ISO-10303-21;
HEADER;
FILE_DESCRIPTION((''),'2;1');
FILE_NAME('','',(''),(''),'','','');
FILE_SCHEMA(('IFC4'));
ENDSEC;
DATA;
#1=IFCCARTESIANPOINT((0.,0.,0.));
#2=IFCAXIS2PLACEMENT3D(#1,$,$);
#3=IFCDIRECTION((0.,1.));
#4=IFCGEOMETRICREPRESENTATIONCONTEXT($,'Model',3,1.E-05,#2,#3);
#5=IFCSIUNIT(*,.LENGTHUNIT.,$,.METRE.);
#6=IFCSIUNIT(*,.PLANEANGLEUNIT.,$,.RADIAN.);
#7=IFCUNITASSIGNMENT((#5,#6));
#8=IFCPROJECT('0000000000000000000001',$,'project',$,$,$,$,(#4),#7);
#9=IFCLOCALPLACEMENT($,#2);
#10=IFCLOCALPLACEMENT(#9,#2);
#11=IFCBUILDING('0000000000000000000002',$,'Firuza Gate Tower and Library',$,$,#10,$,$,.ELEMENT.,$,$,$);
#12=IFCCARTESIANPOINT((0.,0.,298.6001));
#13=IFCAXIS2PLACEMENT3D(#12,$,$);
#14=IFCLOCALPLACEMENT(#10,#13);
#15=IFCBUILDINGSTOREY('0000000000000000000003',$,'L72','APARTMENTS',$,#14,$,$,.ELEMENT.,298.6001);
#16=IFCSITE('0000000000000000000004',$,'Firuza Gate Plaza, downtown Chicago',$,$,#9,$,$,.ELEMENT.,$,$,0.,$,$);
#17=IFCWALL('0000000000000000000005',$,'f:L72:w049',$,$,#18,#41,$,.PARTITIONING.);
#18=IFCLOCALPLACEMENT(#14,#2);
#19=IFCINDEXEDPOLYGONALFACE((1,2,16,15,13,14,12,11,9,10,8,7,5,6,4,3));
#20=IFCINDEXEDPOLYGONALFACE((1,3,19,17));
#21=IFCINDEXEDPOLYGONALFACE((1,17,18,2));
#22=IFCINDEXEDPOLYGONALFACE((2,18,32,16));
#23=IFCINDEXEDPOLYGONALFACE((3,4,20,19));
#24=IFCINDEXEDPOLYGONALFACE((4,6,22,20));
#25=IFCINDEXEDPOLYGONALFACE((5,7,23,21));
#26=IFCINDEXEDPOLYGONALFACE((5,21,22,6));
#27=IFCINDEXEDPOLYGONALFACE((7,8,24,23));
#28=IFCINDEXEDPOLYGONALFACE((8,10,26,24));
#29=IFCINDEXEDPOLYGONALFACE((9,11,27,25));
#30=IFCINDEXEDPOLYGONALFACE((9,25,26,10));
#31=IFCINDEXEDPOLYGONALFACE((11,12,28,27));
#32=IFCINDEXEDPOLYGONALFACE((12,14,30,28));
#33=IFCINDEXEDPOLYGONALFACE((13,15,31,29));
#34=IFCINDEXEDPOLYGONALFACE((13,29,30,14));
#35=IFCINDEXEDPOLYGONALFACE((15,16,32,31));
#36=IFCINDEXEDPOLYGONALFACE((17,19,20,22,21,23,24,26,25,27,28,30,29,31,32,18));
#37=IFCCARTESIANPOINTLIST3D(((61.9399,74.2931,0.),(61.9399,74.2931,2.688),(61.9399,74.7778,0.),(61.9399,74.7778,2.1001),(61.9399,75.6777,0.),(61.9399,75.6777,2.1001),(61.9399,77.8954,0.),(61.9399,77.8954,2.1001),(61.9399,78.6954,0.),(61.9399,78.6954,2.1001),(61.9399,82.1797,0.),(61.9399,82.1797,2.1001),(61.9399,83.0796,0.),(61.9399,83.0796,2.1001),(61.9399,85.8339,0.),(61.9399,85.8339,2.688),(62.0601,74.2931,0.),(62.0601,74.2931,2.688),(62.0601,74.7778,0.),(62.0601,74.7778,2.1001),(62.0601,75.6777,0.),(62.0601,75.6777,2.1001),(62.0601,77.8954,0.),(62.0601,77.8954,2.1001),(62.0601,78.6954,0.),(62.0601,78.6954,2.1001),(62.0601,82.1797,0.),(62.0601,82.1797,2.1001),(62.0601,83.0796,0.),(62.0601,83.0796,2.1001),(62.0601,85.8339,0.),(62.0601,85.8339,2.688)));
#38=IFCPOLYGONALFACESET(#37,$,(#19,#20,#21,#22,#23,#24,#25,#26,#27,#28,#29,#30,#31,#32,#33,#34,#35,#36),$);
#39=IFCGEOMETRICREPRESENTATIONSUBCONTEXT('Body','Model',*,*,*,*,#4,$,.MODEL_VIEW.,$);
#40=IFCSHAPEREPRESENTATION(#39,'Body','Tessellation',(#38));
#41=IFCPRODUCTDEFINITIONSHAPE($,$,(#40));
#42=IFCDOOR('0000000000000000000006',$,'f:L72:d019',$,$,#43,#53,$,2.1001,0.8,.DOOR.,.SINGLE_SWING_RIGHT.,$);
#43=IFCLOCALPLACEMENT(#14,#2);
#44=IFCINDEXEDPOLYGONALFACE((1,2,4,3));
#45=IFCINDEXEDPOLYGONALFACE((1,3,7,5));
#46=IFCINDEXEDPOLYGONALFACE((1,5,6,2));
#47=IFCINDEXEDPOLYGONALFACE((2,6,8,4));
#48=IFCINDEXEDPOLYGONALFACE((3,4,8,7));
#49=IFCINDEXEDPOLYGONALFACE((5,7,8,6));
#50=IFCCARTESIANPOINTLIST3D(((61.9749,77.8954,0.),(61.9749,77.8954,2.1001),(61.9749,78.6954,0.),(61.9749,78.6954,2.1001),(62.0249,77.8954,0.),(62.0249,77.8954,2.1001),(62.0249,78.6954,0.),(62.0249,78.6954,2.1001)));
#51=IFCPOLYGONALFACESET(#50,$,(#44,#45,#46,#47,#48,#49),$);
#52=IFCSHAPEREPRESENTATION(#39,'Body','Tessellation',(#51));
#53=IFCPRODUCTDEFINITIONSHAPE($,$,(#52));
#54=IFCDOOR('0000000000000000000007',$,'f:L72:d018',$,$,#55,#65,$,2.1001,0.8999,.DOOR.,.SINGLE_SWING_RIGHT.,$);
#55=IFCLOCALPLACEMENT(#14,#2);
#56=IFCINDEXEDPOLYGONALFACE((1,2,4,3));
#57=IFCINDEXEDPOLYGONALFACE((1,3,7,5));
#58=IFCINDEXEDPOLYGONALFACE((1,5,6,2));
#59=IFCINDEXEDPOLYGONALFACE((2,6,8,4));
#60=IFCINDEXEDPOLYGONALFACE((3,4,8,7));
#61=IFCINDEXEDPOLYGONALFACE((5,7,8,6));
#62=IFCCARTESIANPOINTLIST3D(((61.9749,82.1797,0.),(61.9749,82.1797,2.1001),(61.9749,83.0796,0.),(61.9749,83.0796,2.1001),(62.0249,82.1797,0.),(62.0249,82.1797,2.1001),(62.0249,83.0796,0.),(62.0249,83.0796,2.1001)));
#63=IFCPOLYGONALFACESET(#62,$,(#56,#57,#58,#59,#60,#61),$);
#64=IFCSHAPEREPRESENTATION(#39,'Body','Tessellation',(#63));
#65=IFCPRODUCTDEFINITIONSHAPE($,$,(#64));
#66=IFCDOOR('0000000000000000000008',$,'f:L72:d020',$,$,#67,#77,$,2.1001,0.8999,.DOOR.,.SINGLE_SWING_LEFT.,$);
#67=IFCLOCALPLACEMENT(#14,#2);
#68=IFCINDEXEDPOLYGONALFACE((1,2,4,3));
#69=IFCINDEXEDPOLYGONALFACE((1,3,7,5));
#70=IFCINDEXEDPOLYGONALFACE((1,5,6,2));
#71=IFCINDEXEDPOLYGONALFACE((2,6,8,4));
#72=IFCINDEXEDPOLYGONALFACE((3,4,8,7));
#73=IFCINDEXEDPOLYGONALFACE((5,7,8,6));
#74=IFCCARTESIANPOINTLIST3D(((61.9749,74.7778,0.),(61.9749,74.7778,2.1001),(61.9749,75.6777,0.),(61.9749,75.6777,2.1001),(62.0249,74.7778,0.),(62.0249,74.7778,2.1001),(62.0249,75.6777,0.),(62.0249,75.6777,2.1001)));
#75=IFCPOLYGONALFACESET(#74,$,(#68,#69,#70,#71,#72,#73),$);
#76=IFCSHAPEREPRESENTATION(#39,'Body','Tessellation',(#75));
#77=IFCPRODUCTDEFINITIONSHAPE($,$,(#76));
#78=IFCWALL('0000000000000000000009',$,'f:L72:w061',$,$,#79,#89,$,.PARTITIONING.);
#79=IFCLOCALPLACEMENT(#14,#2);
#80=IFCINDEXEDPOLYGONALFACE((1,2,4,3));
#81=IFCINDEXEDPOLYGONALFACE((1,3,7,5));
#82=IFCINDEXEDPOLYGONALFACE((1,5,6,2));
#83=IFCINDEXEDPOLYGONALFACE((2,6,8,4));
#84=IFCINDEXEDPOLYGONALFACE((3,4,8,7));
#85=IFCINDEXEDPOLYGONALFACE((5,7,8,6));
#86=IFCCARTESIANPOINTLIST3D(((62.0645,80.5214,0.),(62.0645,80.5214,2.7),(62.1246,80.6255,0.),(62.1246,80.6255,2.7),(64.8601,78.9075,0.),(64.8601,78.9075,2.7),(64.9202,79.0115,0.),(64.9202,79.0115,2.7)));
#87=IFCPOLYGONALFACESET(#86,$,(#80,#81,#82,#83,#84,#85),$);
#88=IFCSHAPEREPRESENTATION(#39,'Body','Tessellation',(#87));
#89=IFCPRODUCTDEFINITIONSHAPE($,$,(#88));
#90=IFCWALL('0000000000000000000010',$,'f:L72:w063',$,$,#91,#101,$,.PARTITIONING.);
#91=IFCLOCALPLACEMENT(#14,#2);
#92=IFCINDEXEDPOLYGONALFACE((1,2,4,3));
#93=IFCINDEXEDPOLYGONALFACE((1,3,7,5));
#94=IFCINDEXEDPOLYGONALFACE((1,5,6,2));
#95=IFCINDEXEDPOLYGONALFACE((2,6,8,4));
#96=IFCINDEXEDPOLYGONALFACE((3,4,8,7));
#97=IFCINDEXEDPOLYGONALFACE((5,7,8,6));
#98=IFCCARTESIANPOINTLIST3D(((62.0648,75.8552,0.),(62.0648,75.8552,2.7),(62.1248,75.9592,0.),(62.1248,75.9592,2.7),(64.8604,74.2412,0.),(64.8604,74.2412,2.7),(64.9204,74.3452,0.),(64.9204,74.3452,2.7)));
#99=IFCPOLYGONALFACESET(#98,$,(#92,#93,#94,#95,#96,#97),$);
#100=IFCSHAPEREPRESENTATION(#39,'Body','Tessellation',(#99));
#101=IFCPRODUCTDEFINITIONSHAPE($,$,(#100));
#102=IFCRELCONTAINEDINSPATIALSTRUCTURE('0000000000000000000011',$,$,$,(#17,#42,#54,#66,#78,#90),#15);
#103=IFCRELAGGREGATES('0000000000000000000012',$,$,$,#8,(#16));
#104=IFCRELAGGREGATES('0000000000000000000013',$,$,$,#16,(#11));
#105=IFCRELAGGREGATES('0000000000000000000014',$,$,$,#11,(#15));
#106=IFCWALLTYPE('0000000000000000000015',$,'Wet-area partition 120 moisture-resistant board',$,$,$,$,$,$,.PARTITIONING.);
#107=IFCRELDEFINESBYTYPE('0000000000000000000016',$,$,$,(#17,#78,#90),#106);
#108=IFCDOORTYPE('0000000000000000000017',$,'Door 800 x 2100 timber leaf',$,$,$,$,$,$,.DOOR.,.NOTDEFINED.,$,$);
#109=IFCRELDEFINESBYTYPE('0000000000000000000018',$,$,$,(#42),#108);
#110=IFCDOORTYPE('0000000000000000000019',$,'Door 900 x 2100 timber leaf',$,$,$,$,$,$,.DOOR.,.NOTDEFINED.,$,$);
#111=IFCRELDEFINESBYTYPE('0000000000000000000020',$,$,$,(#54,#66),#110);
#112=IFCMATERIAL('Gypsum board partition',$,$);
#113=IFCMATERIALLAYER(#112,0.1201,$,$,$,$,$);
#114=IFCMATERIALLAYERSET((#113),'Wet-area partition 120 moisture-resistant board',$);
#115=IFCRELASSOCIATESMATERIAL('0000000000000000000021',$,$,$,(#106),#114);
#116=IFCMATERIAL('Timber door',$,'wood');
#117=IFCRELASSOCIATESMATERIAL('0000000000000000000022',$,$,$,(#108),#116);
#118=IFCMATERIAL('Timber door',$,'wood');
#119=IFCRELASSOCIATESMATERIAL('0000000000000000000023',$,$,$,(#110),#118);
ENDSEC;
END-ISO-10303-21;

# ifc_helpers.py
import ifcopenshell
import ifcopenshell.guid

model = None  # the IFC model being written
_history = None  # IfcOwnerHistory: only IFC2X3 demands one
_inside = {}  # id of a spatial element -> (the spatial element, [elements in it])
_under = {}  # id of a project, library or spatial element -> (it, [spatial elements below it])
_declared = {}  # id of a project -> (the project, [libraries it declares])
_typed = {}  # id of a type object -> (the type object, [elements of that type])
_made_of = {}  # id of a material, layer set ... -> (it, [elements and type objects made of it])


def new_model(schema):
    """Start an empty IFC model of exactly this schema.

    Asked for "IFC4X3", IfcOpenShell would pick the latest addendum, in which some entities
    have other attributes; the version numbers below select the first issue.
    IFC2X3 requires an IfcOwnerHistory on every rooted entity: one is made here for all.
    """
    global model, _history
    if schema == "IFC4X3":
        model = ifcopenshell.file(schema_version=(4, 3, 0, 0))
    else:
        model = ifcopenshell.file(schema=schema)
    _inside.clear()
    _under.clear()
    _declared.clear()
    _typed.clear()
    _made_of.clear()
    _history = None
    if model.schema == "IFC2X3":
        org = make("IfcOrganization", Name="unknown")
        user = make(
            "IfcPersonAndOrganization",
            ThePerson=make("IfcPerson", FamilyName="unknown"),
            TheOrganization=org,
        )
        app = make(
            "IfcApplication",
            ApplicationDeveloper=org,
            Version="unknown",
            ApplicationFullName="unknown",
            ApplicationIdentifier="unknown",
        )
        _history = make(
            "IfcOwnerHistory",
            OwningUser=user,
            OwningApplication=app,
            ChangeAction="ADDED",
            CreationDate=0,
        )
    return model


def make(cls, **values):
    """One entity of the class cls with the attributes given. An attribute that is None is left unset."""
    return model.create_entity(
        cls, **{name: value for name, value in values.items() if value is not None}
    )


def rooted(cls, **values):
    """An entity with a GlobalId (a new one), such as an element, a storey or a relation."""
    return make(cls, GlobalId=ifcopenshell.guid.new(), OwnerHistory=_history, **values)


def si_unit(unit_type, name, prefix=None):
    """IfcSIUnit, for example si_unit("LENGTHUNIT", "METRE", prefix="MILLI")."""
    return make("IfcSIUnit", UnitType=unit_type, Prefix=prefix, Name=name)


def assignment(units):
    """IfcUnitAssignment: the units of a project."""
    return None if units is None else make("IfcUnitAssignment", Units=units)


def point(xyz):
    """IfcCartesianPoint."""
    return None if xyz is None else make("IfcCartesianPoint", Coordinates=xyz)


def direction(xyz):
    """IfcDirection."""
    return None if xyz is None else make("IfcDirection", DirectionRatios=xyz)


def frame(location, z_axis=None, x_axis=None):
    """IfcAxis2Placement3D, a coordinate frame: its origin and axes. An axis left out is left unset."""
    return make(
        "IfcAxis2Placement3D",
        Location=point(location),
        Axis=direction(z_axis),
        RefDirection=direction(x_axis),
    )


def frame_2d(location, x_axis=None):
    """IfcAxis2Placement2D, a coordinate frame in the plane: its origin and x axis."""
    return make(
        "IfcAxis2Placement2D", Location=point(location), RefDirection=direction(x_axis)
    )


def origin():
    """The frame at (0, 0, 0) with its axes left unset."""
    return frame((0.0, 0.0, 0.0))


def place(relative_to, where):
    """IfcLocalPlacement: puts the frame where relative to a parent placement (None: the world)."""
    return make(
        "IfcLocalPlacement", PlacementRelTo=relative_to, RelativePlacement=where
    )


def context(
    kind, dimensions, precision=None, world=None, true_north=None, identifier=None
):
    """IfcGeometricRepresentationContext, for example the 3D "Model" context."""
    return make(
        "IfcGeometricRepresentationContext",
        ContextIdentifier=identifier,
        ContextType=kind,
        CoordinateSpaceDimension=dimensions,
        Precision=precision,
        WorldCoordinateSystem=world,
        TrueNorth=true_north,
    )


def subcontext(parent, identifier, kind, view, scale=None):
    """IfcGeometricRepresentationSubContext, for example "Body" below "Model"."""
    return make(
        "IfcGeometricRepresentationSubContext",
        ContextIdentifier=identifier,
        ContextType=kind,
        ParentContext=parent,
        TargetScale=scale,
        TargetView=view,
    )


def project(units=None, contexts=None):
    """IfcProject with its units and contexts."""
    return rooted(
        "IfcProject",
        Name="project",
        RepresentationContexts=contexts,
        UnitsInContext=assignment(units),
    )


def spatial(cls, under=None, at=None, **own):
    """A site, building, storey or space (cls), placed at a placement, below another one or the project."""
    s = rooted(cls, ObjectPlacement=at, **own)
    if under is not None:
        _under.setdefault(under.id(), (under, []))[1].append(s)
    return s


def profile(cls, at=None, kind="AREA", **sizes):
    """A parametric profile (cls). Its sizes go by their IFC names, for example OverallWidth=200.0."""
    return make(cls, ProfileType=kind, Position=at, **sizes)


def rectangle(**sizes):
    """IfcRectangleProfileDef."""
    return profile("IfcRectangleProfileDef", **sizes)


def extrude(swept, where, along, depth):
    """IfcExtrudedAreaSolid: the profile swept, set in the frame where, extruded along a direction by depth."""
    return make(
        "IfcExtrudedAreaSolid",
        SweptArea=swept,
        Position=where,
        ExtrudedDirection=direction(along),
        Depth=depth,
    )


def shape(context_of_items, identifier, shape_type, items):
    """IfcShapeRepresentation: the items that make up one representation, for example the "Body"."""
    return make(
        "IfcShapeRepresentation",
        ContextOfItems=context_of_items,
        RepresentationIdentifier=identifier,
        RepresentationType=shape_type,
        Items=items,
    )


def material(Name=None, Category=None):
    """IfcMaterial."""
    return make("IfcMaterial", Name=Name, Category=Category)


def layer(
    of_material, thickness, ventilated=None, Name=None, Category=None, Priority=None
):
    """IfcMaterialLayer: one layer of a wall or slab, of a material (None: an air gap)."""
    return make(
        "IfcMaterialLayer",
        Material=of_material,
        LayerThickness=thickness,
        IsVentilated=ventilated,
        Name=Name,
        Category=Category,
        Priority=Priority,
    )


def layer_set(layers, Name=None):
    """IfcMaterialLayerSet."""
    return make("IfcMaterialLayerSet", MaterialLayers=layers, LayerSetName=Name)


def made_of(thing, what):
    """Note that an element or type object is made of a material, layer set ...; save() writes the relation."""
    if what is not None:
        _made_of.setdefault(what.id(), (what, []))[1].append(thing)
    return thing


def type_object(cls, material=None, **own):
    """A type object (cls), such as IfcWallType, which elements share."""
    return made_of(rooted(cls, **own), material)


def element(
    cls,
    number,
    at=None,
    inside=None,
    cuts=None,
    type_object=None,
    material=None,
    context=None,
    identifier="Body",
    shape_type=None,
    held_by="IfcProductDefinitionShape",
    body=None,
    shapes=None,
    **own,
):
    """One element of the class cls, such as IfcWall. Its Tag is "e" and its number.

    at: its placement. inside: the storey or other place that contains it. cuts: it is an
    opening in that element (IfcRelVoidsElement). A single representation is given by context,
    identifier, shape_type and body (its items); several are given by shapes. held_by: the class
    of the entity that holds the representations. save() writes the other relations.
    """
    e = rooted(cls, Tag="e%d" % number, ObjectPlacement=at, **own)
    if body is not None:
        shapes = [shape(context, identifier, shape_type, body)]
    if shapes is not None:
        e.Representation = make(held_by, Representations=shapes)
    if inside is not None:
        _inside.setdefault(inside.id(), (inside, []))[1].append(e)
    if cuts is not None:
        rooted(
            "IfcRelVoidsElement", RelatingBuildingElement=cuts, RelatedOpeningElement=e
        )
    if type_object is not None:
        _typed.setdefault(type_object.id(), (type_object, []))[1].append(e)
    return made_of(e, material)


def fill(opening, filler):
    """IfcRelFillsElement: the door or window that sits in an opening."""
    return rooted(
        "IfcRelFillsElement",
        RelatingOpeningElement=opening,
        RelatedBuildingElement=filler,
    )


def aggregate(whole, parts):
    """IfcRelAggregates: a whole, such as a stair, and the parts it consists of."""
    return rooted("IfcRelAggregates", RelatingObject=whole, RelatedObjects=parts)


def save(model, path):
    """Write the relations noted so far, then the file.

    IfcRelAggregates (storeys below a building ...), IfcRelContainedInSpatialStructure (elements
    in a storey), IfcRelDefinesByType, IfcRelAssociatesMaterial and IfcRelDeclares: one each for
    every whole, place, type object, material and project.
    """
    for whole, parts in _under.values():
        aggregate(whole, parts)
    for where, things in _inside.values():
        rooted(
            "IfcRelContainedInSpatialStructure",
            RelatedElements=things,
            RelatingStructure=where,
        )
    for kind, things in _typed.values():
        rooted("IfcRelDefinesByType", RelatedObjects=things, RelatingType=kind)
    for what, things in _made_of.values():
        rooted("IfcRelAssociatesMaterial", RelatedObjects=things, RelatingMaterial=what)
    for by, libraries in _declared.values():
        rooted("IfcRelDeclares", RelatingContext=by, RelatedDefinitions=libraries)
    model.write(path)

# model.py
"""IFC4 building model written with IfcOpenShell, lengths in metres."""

from ifc_helpers import new_model, si_unit, direction, frame, frame_2d, origin, place, context, subcontext, project, spatial, rectangle, extrude, material, layer, layer_set, type_object, element, fill, save


model = new_model("IFC4")

# Units and contexts
model_context = context("Model", 3, precision=1e-05, world=origin(), true_north=direction((0.0, 1.0)))
body_context = subcontext(model_context, "Body", "Model", "MODEL_VIEW")
ifc_project = project(units=[si_unit("LENGTHUNIT", "METRE"), si_unit("PLANEANGLEUNIT", "RADIAN")], contexts=[model_context])

# Site, building, storey
site_placement = place(None, origin())
site = spatial("IfcSite", under=ifc_project, at=site_placement, Name="Firuza Gate Plaza, downtown Chicago", CompositionType="ELEMENT", RefElevation=0.0)
building_placement = place(site_placement, origin())
building = spatial("IfcBuilding", under=site, at=building_placement, Name="Firuza Gate Tower and Library", CompositionType="ELEMENT")
storey_placement = place(building_placement, frame((0.0, 0.0, 298.6001)))
storey = spatial("IfcBuildingStorey", under=building, at=storey_placement, Name="L72", Description="APARTMENTS", CompositionType="ELEMENT", Elevation=298.6001)

# Wall, openings, doors
ifc_material_1 = material(Name="Gypsum board partition")
ifc_layer_1 = layer(ifc_material_1, 0.1201)
ifc_layer_set_1 = layer_set([ifc_layer_1], Name="Wet-area partition 120 moisture-resistant board")
wall_type_1 = type_object("IfcWallType", Name="Wet-area partition 120 moisture-resistant board", PredefinedType="PARTITIONING", material=ifc_layer_set_1)
wall_1_placement = place(storey_placement, frame((62.0, 85.834, 0.0), z_axis=(0.0, 0.0, 1.0), x_axis=(0.0, -1.0, 0.0)))
wall_1 = element("IfcWall", 1, at=wall_1_placement, inside=storey, type_object=wall_type_1, Name="f:L72:w049", PredefinedType="PARTITIONING", context=body_context, shape_type="SweptSolid", body=[
    extrude(rectangle(XDim=11.5408, YDim=0.1201, at=frame_2d((5.7705, 0.0))), origin(), (0.0, 0.0, 1.0), 2.688),
])
opening_1_placement = place(wall_1_placement, frame((2.7544, 0.0, 0.0)))
opening_1 = element("IfcOpeningElement", 2, at=opening_1_placement, cuts=wall_1, PredefinedType="OPENING", context=body_context, shape_type="SweptSolid", body=[
    extrude(rectangle(XDim=0.8999, YDim=2.1001, at=frame_2d((0.45, 1.05))), frame((0.0, 0.0701, 0.0), z_axis=(0.0, -1.0, 0.0), x_axis=(1.0, 0.0, 0.0)), (0.0, 0.0, 1.0), 0.1401),
])
opening_2_placement = place(wall_1_placement, frame((7.1387, 0.0, 0.0)))
opening_2 = element("IfcOpeningElement", 3, at=opening_2_placement, cuts=wall_1, PredefinedType="OPENING", context=body_context, shape_type="SweptSolid", body=[
    extrude(rectangle(XDim=0.8, YDim=2.1001, at=frame_2d((0.3999, 1.05))), frame((0.0, 0.0701, 0.0), z_axis=(0.0, -1.0, 0.0), x_axis=(1.0, 0.0, 0.0)), (0.0, 0.0, 1.0), 0.1401),
])
opening_3_placement = place(wall_1_placement, frame((10.1562, 0.0, 0.0)))
opening_3 = element("IfcOpeningElement", 4, at=opening_3_placement, cuts=wall_1, PredefinedType="OPENING", context=body_context, shape_type="SweptSolid", body=[
    extrude(rectangle(XDim=0.8999, YDim=2.1001, at=frame_2d((0.45, 1.05))), frame((0.0, 0.0701, 0.0), z_axis=(0.0, -1.0, 0.0), x_axis=(1.0, 0.0, 0.0)), (0.0, 0.0, 1.0), 0.1401),
])
ifc_material_2 = material(Name="Timber door", Category="wood")
door_type_1 = type_object("IfcDoorType", Name="Door 800 x 2100 timber leaf", OperationType="NOTDEFINED", PredefinedType="DOOR", material=ifc_material_2)
door_1_placement = place(opening_2_placement, origin())
door_1 = element("IfcDoor", 5, at=door_1_placement, inside=storey, type_object=door_type_1, Name="f:L72:d019", OperationType="SINGLE_SWING_RIGHT", OverallHeight=2.1001, OverallWidth=0.8, PredefinedType="DOOR", context=body_context, shape_type="SweptSolid", body=[
    extrude(rectangle(XDim=0.8, YDim=2.1001, at=frame_2d((0.3999, 1.05))), frame((0.0, 0.0249, 0.0), z_axis=(0.0, -1.0, 0.0), x_axis=(1.0, 0.0, 0.0)), (0.0, 0.0, 1.0), 0.05),
])
fill(opening_2, door_1)
ifc_material_3 = material(Name="Timber door", Category="wood")
door_type_2 = type_object("IfcDoorType", Name="Door 900 x 2100 timber leaf", OperationType="NOTDEFINED", PredefinedType="DOOR", material=ifc_material_3)
door_2_placement = place(opening_1_placement, origin())
door_2 = element("IfcDoor", 6, at=door_2_placement, inside=storey, type_object=door_type_2, Name="f:L72:d018", OperationType="SINGLE_SWING_RIGHT", OverallHeight=2.1001, OverallWidth=0.8999, PredefinedType="DOOR", context=body_context, shape_type="SweptSolid", body=[
    extrude(rectangle(XDim=0.8999, YDim=2.1001, at=frame_2d((0.45, 1.05))), frame((0.0, 0.0249, 0.0), z_axis=(0.0, -1.0, 0.0), x_axis=(1.0, 0.0, 0.0)), (0.0, 0.0, 1.0), 0.05),
])
fill(opening_1, door_2)
door_3_placement = place(opening_3_placement, origin())
door_3 = element("IfcDoor", 7, at=door_3_placement, inside=storey, type_object=door_type_2, Name="f:L72:d020", OperationType="SINGLE_SWING_LEFT", OverallHeight=2.1001, OverallWidth=0.8999, PredefinedType="DOOR", context=body_context, shape_type="SweptSolid", body=[
    extrude(rectangle(XDim=0.8999, YDim=2.1001, at=frame_2d((0.45, 1.05))), frame((0.0, 0.0249, 0.0), z_axis=(0.0, -1.0, 0.0), x_axis=(1.0, 0.0, 0.0)), (0.0, 0.0, 1.0), 0.05),
])
fill(opening_3, door_3)

# Walls
for number, where, z_axis, x_axis, name in (
    (8, (64.8901, 78.9595, 0.0), (0.0, 0.0, 1.0), (-0.866033, 0.499987, 0.0), "f:L72:w061"),
    (9, (64.8904, 74.2932, 0.0), (0.0, 0.0, 1.0), (-0.866033, 0.499987, 0.0), "f:L72:w063"),
):
    element("IfcWall", number, at=place(storey_placement, frame(where, z_axis=z_axis, x_axis=x_axis)), inside=storey, type_object=wall_type_1, Name=name, PredefinedType="PARTITIONING", context=body_context, shape_type="SweptSolid", body=[
        extrude(rectangle(XDim=3.228, YDim=0.1201, at=frame_2d((1.614, 0.0))), origin(), (0.0, 0.0, 1.0), 2.7),
    ])

save(model, "model.ifc")
